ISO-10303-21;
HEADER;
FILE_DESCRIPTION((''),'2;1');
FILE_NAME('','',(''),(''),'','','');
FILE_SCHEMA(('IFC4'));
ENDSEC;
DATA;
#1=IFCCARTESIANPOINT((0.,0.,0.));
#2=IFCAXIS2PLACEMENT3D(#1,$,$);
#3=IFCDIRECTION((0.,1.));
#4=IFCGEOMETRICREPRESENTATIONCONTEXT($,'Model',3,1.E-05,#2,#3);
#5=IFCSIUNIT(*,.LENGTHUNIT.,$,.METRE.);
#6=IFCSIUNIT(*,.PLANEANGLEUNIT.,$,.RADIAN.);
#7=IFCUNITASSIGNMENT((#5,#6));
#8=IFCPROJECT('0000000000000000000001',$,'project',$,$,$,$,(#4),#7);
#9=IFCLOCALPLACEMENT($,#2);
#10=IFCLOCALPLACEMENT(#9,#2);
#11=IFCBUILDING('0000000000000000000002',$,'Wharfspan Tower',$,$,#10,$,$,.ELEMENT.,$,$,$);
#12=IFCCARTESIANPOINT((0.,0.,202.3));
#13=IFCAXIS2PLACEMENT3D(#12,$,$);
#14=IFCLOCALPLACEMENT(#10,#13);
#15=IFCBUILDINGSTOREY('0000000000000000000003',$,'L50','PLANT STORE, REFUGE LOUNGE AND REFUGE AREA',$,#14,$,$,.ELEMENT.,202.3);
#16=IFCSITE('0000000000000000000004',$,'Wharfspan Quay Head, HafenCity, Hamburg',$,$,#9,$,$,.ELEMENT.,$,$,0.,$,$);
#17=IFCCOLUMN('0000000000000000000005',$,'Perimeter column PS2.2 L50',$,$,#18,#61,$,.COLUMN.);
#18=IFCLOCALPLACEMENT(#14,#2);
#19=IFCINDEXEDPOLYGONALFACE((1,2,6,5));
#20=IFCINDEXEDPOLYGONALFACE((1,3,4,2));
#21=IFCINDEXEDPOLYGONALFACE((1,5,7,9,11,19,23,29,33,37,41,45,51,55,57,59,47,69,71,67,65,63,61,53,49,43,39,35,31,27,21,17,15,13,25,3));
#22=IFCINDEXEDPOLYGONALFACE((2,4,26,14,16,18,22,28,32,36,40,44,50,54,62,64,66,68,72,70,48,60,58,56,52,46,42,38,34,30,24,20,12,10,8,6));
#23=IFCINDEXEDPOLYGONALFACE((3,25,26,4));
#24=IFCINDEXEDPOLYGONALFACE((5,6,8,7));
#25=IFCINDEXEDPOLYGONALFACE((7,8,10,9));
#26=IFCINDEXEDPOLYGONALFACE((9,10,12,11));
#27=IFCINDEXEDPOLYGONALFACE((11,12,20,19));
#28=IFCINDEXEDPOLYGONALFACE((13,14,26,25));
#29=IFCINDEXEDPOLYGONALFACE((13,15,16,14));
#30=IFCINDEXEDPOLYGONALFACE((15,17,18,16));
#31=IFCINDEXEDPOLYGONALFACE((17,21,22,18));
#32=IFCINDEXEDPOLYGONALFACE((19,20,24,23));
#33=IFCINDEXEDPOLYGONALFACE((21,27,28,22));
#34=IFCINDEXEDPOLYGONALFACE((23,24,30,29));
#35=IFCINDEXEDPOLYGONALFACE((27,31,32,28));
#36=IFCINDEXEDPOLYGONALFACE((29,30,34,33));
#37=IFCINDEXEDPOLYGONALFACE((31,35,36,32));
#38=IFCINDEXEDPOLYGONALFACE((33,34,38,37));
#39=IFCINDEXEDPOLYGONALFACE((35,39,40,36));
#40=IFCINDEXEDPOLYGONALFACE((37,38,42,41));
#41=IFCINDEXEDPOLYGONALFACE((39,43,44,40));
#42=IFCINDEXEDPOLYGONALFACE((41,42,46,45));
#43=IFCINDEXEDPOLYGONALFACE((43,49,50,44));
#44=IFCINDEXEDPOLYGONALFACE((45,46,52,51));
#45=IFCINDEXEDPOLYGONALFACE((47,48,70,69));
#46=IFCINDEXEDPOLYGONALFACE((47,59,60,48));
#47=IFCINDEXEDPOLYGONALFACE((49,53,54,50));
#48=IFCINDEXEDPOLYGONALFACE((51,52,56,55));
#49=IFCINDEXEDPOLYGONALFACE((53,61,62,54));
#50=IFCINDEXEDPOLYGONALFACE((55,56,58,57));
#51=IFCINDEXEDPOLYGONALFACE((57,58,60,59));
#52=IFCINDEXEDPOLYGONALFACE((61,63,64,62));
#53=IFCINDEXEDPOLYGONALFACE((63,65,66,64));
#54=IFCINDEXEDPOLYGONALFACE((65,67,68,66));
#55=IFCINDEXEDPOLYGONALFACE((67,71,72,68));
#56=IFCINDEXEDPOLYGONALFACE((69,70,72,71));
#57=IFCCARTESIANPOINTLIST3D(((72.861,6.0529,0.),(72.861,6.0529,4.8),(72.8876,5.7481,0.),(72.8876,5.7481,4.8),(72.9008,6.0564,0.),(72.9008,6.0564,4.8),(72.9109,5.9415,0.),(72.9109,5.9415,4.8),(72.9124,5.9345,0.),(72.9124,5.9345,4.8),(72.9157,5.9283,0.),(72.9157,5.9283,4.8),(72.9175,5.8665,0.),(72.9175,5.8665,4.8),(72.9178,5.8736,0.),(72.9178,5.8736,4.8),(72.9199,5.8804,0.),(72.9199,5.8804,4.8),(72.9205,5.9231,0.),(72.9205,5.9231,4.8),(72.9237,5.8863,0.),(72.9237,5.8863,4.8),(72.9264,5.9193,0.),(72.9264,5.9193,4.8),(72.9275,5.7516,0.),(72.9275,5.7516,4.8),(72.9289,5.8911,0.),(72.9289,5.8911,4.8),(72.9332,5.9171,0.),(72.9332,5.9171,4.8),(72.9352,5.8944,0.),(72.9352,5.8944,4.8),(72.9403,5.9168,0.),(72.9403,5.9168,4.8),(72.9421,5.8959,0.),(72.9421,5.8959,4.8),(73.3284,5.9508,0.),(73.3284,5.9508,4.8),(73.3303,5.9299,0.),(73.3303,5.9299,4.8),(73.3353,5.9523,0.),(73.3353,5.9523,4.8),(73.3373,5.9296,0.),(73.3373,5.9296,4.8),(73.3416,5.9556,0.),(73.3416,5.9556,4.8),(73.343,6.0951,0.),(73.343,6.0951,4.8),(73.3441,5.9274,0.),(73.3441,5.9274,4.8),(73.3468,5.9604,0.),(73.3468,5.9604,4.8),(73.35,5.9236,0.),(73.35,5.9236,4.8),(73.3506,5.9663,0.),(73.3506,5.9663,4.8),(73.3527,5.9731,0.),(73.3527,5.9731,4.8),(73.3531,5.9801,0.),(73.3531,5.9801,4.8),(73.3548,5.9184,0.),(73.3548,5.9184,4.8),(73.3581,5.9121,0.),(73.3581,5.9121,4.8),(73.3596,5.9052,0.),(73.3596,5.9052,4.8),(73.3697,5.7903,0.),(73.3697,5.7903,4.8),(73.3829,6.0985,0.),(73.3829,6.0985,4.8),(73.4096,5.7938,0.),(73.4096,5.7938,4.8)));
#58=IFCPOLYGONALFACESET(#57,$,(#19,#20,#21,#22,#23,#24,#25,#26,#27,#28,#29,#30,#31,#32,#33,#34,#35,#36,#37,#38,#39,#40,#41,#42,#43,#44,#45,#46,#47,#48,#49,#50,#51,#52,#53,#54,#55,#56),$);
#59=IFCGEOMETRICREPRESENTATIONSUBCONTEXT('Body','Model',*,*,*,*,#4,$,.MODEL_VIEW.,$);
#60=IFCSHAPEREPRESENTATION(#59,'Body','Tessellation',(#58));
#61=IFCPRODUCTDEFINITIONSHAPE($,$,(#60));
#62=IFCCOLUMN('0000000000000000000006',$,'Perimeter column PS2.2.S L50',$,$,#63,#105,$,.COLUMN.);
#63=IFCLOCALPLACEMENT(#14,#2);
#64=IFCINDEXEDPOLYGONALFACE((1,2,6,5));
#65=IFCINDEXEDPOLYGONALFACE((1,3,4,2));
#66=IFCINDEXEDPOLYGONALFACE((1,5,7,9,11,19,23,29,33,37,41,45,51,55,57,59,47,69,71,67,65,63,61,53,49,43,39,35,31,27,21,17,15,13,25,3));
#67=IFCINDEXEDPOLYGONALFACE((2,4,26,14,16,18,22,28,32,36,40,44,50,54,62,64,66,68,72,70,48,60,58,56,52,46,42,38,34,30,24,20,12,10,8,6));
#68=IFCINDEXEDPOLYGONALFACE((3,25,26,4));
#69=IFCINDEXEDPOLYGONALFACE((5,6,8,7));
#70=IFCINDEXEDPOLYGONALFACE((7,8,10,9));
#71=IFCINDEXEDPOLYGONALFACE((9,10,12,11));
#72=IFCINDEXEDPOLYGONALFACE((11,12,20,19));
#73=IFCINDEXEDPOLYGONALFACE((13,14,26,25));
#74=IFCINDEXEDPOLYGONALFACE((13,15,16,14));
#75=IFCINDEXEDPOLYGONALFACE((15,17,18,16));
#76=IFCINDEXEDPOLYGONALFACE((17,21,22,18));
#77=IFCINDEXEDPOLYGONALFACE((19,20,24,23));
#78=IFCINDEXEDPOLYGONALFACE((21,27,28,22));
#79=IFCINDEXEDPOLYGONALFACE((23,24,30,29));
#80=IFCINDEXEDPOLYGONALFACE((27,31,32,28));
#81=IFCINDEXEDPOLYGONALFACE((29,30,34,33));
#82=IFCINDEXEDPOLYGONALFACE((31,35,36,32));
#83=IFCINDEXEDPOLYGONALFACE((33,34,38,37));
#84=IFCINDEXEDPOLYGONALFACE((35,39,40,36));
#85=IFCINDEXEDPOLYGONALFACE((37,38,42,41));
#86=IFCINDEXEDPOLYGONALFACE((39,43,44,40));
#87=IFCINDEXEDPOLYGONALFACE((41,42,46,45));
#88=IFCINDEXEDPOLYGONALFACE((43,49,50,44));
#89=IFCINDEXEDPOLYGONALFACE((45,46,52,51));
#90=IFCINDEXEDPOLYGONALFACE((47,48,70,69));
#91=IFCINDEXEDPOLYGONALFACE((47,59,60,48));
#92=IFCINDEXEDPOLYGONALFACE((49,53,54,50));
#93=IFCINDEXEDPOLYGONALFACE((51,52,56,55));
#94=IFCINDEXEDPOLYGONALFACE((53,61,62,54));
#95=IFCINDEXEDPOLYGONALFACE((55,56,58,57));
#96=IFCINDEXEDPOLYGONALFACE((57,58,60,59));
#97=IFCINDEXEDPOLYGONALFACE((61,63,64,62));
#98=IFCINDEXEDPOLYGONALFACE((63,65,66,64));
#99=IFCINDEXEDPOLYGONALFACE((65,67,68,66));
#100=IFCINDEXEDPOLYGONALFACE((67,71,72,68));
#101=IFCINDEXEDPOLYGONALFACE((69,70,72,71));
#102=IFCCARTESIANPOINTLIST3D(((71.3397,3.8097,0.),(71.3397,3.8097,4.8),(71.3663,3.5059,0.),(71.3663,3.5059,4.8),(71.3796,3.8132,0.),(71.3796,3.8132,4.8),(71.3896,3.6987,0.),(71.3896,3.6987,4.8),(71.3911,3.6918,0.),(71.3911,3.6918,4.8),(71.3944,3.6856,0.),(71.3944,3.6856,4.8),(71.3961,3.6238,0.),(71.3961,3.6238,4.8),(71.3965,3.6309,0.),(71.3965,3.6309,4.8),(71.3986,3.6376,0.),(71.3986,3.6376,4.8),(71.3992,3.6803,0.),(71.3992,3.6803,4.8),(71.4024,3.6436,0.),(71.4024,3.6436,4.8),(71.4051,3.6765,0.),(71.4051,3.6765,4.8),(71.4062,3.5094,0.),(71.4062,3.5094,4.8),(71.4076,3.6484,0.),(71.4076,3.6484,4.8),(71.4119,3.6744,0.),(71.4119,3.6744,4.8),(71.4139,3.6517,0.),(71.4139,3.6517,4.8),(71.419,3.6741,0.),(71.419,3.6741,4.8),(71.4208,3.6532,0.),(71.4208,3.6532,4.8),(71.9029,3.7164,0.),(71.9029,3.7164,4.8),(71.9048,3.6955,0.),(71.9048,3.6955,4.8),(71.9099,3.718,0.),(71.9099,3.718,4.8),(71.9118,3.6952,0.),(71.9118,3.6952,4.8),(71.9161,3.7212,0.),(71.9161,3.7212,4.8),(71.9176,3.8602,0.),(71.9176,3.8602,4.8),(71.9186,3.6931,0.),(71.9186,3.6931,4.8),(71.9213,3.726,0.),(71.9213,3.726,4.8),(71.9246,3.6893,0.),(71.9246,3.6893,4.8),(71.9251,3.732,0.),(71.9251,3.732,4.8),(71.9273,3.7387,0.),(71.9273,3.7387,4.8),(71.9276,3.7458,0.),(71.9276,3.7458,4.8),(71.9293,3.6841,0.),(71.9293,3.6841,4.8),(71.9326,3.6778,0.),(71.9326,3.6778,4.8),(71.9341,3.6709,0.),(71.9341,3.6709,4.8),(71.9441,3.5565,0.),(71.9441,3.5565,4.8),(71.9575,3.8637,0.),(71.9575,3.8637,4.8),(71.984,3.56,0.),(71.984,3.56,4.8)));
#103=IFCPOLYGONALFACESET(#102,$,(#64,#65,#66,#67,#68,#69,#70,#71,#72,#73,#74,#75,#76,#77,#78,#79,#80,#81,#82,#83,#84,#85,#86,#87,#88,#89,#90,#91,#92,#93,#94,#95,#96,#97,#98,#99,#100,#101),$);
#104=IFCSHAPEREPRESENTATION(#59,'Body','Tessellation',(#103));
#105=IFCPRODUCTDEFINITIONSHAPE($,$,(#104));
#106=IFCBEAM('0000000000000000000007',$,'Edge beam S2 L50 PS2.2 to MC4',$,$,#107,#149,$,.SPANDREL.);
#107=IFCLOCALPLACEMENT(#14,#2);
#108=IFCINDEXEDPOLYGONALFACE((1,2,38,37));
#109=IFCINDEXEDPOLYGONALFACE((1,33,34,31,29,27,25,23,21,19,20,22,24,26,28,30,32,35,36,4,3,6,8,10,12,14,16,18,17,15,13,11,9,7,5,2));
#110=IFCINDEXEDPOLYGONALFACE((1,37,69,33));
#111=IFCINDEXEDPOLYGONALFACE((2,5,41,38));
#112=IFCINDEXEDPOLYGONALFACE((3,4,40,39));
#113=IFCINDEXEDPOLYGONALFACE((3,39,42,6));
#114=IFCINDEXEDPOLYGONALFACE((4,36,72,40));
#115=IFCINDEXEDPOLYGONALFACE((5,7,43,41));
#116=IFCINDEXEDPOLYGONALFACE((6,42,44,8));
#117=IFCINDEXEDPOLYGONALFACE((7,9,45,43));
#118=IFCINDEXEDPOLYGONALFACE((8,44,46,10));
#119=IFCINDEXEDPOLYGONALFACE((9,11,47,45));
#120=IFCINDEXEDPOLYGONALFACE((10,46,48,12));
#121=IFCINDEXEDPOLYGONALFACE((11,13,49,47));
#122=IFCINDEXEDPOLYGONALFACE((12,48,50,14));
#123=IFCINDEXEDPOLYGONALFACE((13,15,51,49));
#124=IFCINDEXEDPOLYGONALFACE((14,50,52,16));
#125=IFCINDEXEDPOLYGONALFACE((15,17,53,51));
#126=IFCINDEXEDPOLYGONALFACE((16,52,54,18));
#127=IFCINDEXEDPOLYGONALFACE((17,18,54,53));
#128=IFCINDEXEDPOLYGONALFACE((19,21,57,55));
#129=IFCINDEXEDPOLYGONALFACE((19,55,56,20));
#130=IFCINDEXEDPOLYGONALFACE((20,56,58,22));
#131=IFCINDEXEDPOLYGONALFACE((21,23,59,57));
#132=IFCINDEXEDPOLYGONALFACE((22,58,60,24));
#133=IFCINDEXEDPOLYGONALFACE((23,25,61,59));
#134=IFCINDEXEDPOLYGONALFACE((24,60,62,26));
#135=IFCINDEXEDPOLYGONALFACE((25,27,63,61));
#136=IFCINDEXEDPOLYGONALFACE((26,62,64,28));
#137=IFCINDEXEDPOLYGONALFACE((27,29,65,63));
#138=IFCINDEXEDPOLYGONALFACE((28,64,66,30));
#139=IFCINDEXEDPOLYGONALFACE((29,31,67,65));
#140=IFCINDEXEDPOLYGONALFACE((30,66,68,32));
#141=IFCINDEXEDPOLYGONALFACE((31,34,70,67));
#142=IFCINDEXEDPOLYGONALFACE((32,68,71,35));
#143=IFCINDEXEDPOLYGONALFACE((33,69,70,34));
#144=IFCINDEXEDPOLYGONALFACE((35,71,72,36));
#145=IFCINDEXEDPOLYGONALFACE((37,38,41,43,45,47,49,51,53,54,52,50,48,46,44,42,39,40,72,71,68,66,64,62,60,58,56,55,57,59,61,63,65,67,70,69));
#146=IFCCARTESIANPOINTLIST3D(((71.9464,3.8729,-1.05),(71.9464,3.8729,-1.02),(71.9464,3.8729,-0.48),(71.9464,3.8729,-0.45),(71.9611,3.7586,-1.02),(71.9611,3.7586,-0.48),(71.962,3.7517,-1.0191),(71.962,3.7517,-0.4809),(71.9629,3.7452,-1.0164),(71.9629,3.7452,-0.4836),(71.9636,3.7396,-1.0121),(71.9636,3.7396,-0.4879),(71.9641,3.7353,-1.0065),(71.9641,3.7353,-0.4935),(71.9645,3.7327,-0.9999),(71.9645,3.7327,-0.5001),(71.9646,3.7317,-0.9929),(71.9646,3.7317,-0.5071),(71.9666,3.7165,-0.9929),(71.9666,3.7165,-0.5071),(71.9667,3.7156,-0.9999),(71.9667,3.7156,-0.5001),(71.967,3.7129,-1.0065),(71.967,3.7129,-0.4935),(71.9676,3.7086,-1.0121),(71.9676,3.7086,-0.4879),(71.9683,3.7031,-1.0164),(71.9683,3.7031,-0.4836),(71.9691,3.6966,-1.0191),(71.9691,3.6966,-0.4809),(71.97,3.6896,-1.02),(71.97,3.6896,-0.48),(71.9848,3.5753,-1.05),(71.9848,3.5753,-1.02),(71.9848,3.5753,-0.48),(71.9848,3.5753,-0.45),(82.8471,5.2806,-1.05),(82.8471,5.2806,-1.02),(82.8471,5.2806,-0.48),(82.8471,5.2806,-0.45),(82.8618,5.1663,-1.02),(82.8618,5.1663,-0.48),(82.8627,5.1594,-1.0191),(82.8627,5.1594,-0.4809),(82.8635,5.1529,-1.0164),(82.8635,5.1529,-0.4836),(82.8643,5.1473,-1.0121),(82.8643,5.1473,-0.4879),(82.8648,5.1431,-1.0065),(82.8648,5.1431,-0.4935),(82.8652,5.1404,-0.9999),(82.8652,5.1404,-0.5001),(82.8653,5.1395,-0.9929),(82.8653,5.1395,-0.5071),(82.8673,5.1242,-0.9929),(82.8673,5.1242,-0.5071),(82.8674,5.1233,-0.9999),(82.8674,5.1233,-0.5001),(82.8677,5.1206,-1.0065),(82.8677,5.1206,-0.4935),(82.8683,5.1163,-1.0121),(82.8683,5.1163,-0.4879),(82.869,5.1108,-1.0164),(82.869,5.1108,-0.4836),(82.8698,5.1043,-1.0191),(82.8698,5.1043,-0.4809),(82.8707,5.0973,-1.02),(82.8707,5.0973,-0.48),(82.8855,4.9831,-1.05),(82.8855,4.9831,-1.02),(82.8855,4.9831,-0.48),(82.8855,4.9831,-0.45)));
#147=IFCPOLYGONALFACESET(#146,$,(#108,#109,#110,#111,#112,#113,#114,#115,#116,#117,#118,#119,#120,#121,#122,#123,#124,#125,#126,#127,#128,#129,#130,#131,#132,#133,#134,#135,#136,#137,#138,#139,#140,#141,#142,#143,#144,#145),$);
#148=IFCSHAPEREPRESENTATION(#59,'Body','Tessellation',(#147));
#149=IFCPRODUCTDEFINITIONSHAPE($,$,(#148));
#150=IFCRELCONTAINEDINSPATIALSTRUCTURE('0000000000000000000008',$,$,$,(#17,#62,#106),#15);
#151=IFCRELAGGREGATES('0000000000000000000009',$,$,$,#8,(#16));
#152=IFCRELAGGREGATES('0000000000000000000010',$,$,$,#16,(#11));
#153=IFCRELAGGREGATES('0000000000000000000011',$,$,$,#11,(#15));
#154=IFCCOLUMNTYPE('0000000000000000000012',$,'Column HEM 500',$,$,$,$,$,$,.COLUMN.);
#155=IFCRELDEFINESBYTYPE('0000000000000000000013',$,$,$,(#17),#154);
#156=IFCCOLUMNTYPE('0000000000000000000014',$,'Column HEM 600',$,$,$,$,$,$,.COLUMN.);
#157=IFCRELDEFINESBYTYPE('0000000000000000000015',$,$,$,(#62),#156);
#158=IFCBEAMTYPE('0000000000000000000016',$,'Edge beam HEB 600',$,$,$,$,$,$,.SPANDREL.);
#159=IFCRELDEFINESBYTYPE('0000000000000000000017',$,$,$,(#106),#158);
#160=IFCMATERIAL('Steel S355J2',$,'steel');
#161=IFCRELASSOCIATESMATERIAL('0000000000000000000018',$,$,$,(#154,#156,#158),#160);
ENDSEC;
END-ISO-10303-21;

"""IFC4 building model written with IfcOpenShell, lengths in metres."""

from ifc_helpers import new_model, si_unit, direction, frame, origin, origin_2d, place, context, subcontext, project, spatial, i_section, extrude, material, material_profile, profile_set, type_object, element, save


model = new_model("IFC4")

# Units and contexts
model_context = context("Model", 3, precision=1e-05, world=origin(), true_north=direction((0.0, 1.0)))
body_context = subcontext(model_context, "Body", "Model", "MODEL_VIEW")
ifc_project = project(units=[si_unit("LENGTHUNIT", "METRE"), si_unit("PLANEANGLEUNIT", "RADIAN")], contexts=[model_context])

# Site, building, storey
site_placement = place(None, origin())
site = spatial("IfcSite", under=ifc_project, at=site_placement, Name="Wharfspan Quay Head, HafenCity, Hamburg", CompositionType="ELEMENT", RefElevation=0.0)
building_placement = place(site_placement, origin())
building = spatial("IfcBuilding", under=site, at=building_placement, Name="Wharfspan Tower", CompositionType="ELEMENT")
storey_placement = place(building_placement, frame((0.0, 0.0, 202.3)))
storey = spatial("IfcBuildingStorey", under=building, at=storey_placement, Name="L50", Description="PLANT STORE, REFUGE LOUNGE AND REFUGE AREA", CompositionType="ELEMENT", Elevation=202.3)

# Columns
ifc_material_1 = material(Name="Steel S355J2", Category="steel")
ifc_material_profile_1 = material_profile(ifc_material_1, i_section(OverallWidth=0.3059, OverallDepth=0.5239, WebThickness=0.021, FlangeThickness=0.04, FilletRadius=0.0271, at=origin_2d()))
ifc_profile_set_1 = profile_set([ifc_material_profile_1], Name="Steel S355J2")
column_type_1 = type_object("IfcColumnType", Name="Column HEM 500", PredefinedType="COLUMN", material=ifc_profile_set_1)
column_1_placement = place(storey_placement, frame((73.1353, 5.9233, 0.0), z_axis=(0.0, 0.0, 1.0), x_axis=(0.087156, -0.996197, 0.0)))
element("IfcColumn", 1, at=column_1_placement, inside=storey, type_object=column_type_1, Name="Perimeter column PS2.2 L50", PredefinedType="COLUMN", context=body_context, shape_type="SweptSolid", body=[
    extrude(i_section(OverallWidth=0.3059, OverallDepth=0.5239, WebThickness=0.021, FlangeThickness=0.04, FilletRadius=0.0271, at=origin_2d()), origin(), (0.0, 0.0, 1.0), 4.8),
])
ifc_material_profile_2 = material_profile(ifc_material_1, i_section(OverallWidth=0.3049, OverallDepth=0.6201, WebThickness=0.021, FlangeThickness=0.04, FilletRadius=0.0271, at=origin_2d()))
ifc_profile_set_2 = profile_set([ifc_material_profile_2], Name="Steel S355J2")
column_type_2 = type_object("IfcColumnType", Name="Column HEM 600", PredefinedType="COLUMN", material=ifc_profile_set_2)
column_2_placement = place(storey_placement, frame((71.6619, 3.6848, 0.0), z_axis=(0.0, 0.0, 1.0), x_axis=(0.087156, -0.996198, 0.0)))
element("IfcColumn", 2, at=column_2_placement, inside=storey, type_object=column_type_2, Name="Perimeter column PS2.2.S L50", PredefinedType="COLUMN", context=body_context, shape_type="SweptSolid", body=[
    extrude(i_section(OverallWidth=0.3049, OverallDepth=0.6201, WebThickness=0.021, FlangeThickness=0.04, FilletRadius=0.0271, at=origin_2d()), origin(), (0.0, 0.0, 1.0), 4.8),
])

# Beam
ifc_material_profile_3 = material_profile(ifc_material_1, i_section(OverallWidth=0.3, OverallDepth=0.6001, WebThickness=0.0154, FlangeThickness=0.03, FilletRadius=0.0271, at=origin_2d()))
ifc_profile_set_3 = profile_set([ifc_material_profile_3], Name="Steel S355J2")
beam_type = type_object("IfcBeamType", Name="Edge beam HEB 600", PredefinedType="SPANDREL", material=ifc_profile_set_3)
beam_placement = place(storey_placement, frame((71.9656, 3.7241, -0.75), z_axis=(0.991764, 0.128077, 0.0), x_axis=(-0.128077, 0.991764, 0.0)))
element("IfcBeam", 3, at=beam_placement, inside=storey, type_object=beam_type, Name="Edge beam S2 L50 PS2.2 to MC4", PredefinedType="SPANDREL", context=body_context, shape_type="SweptSolid", body=[
    extrude(i_section(OverallWidth=0.3, OverallDepth=0.6001, WebThickness=0.0154, FlangeThickness=0.03, FilletRadius=0.0271, at=origin_2d()), origin(), (0.0, 0.0, 1.0), 10.9912),
])

save(model, "model.ifc")
